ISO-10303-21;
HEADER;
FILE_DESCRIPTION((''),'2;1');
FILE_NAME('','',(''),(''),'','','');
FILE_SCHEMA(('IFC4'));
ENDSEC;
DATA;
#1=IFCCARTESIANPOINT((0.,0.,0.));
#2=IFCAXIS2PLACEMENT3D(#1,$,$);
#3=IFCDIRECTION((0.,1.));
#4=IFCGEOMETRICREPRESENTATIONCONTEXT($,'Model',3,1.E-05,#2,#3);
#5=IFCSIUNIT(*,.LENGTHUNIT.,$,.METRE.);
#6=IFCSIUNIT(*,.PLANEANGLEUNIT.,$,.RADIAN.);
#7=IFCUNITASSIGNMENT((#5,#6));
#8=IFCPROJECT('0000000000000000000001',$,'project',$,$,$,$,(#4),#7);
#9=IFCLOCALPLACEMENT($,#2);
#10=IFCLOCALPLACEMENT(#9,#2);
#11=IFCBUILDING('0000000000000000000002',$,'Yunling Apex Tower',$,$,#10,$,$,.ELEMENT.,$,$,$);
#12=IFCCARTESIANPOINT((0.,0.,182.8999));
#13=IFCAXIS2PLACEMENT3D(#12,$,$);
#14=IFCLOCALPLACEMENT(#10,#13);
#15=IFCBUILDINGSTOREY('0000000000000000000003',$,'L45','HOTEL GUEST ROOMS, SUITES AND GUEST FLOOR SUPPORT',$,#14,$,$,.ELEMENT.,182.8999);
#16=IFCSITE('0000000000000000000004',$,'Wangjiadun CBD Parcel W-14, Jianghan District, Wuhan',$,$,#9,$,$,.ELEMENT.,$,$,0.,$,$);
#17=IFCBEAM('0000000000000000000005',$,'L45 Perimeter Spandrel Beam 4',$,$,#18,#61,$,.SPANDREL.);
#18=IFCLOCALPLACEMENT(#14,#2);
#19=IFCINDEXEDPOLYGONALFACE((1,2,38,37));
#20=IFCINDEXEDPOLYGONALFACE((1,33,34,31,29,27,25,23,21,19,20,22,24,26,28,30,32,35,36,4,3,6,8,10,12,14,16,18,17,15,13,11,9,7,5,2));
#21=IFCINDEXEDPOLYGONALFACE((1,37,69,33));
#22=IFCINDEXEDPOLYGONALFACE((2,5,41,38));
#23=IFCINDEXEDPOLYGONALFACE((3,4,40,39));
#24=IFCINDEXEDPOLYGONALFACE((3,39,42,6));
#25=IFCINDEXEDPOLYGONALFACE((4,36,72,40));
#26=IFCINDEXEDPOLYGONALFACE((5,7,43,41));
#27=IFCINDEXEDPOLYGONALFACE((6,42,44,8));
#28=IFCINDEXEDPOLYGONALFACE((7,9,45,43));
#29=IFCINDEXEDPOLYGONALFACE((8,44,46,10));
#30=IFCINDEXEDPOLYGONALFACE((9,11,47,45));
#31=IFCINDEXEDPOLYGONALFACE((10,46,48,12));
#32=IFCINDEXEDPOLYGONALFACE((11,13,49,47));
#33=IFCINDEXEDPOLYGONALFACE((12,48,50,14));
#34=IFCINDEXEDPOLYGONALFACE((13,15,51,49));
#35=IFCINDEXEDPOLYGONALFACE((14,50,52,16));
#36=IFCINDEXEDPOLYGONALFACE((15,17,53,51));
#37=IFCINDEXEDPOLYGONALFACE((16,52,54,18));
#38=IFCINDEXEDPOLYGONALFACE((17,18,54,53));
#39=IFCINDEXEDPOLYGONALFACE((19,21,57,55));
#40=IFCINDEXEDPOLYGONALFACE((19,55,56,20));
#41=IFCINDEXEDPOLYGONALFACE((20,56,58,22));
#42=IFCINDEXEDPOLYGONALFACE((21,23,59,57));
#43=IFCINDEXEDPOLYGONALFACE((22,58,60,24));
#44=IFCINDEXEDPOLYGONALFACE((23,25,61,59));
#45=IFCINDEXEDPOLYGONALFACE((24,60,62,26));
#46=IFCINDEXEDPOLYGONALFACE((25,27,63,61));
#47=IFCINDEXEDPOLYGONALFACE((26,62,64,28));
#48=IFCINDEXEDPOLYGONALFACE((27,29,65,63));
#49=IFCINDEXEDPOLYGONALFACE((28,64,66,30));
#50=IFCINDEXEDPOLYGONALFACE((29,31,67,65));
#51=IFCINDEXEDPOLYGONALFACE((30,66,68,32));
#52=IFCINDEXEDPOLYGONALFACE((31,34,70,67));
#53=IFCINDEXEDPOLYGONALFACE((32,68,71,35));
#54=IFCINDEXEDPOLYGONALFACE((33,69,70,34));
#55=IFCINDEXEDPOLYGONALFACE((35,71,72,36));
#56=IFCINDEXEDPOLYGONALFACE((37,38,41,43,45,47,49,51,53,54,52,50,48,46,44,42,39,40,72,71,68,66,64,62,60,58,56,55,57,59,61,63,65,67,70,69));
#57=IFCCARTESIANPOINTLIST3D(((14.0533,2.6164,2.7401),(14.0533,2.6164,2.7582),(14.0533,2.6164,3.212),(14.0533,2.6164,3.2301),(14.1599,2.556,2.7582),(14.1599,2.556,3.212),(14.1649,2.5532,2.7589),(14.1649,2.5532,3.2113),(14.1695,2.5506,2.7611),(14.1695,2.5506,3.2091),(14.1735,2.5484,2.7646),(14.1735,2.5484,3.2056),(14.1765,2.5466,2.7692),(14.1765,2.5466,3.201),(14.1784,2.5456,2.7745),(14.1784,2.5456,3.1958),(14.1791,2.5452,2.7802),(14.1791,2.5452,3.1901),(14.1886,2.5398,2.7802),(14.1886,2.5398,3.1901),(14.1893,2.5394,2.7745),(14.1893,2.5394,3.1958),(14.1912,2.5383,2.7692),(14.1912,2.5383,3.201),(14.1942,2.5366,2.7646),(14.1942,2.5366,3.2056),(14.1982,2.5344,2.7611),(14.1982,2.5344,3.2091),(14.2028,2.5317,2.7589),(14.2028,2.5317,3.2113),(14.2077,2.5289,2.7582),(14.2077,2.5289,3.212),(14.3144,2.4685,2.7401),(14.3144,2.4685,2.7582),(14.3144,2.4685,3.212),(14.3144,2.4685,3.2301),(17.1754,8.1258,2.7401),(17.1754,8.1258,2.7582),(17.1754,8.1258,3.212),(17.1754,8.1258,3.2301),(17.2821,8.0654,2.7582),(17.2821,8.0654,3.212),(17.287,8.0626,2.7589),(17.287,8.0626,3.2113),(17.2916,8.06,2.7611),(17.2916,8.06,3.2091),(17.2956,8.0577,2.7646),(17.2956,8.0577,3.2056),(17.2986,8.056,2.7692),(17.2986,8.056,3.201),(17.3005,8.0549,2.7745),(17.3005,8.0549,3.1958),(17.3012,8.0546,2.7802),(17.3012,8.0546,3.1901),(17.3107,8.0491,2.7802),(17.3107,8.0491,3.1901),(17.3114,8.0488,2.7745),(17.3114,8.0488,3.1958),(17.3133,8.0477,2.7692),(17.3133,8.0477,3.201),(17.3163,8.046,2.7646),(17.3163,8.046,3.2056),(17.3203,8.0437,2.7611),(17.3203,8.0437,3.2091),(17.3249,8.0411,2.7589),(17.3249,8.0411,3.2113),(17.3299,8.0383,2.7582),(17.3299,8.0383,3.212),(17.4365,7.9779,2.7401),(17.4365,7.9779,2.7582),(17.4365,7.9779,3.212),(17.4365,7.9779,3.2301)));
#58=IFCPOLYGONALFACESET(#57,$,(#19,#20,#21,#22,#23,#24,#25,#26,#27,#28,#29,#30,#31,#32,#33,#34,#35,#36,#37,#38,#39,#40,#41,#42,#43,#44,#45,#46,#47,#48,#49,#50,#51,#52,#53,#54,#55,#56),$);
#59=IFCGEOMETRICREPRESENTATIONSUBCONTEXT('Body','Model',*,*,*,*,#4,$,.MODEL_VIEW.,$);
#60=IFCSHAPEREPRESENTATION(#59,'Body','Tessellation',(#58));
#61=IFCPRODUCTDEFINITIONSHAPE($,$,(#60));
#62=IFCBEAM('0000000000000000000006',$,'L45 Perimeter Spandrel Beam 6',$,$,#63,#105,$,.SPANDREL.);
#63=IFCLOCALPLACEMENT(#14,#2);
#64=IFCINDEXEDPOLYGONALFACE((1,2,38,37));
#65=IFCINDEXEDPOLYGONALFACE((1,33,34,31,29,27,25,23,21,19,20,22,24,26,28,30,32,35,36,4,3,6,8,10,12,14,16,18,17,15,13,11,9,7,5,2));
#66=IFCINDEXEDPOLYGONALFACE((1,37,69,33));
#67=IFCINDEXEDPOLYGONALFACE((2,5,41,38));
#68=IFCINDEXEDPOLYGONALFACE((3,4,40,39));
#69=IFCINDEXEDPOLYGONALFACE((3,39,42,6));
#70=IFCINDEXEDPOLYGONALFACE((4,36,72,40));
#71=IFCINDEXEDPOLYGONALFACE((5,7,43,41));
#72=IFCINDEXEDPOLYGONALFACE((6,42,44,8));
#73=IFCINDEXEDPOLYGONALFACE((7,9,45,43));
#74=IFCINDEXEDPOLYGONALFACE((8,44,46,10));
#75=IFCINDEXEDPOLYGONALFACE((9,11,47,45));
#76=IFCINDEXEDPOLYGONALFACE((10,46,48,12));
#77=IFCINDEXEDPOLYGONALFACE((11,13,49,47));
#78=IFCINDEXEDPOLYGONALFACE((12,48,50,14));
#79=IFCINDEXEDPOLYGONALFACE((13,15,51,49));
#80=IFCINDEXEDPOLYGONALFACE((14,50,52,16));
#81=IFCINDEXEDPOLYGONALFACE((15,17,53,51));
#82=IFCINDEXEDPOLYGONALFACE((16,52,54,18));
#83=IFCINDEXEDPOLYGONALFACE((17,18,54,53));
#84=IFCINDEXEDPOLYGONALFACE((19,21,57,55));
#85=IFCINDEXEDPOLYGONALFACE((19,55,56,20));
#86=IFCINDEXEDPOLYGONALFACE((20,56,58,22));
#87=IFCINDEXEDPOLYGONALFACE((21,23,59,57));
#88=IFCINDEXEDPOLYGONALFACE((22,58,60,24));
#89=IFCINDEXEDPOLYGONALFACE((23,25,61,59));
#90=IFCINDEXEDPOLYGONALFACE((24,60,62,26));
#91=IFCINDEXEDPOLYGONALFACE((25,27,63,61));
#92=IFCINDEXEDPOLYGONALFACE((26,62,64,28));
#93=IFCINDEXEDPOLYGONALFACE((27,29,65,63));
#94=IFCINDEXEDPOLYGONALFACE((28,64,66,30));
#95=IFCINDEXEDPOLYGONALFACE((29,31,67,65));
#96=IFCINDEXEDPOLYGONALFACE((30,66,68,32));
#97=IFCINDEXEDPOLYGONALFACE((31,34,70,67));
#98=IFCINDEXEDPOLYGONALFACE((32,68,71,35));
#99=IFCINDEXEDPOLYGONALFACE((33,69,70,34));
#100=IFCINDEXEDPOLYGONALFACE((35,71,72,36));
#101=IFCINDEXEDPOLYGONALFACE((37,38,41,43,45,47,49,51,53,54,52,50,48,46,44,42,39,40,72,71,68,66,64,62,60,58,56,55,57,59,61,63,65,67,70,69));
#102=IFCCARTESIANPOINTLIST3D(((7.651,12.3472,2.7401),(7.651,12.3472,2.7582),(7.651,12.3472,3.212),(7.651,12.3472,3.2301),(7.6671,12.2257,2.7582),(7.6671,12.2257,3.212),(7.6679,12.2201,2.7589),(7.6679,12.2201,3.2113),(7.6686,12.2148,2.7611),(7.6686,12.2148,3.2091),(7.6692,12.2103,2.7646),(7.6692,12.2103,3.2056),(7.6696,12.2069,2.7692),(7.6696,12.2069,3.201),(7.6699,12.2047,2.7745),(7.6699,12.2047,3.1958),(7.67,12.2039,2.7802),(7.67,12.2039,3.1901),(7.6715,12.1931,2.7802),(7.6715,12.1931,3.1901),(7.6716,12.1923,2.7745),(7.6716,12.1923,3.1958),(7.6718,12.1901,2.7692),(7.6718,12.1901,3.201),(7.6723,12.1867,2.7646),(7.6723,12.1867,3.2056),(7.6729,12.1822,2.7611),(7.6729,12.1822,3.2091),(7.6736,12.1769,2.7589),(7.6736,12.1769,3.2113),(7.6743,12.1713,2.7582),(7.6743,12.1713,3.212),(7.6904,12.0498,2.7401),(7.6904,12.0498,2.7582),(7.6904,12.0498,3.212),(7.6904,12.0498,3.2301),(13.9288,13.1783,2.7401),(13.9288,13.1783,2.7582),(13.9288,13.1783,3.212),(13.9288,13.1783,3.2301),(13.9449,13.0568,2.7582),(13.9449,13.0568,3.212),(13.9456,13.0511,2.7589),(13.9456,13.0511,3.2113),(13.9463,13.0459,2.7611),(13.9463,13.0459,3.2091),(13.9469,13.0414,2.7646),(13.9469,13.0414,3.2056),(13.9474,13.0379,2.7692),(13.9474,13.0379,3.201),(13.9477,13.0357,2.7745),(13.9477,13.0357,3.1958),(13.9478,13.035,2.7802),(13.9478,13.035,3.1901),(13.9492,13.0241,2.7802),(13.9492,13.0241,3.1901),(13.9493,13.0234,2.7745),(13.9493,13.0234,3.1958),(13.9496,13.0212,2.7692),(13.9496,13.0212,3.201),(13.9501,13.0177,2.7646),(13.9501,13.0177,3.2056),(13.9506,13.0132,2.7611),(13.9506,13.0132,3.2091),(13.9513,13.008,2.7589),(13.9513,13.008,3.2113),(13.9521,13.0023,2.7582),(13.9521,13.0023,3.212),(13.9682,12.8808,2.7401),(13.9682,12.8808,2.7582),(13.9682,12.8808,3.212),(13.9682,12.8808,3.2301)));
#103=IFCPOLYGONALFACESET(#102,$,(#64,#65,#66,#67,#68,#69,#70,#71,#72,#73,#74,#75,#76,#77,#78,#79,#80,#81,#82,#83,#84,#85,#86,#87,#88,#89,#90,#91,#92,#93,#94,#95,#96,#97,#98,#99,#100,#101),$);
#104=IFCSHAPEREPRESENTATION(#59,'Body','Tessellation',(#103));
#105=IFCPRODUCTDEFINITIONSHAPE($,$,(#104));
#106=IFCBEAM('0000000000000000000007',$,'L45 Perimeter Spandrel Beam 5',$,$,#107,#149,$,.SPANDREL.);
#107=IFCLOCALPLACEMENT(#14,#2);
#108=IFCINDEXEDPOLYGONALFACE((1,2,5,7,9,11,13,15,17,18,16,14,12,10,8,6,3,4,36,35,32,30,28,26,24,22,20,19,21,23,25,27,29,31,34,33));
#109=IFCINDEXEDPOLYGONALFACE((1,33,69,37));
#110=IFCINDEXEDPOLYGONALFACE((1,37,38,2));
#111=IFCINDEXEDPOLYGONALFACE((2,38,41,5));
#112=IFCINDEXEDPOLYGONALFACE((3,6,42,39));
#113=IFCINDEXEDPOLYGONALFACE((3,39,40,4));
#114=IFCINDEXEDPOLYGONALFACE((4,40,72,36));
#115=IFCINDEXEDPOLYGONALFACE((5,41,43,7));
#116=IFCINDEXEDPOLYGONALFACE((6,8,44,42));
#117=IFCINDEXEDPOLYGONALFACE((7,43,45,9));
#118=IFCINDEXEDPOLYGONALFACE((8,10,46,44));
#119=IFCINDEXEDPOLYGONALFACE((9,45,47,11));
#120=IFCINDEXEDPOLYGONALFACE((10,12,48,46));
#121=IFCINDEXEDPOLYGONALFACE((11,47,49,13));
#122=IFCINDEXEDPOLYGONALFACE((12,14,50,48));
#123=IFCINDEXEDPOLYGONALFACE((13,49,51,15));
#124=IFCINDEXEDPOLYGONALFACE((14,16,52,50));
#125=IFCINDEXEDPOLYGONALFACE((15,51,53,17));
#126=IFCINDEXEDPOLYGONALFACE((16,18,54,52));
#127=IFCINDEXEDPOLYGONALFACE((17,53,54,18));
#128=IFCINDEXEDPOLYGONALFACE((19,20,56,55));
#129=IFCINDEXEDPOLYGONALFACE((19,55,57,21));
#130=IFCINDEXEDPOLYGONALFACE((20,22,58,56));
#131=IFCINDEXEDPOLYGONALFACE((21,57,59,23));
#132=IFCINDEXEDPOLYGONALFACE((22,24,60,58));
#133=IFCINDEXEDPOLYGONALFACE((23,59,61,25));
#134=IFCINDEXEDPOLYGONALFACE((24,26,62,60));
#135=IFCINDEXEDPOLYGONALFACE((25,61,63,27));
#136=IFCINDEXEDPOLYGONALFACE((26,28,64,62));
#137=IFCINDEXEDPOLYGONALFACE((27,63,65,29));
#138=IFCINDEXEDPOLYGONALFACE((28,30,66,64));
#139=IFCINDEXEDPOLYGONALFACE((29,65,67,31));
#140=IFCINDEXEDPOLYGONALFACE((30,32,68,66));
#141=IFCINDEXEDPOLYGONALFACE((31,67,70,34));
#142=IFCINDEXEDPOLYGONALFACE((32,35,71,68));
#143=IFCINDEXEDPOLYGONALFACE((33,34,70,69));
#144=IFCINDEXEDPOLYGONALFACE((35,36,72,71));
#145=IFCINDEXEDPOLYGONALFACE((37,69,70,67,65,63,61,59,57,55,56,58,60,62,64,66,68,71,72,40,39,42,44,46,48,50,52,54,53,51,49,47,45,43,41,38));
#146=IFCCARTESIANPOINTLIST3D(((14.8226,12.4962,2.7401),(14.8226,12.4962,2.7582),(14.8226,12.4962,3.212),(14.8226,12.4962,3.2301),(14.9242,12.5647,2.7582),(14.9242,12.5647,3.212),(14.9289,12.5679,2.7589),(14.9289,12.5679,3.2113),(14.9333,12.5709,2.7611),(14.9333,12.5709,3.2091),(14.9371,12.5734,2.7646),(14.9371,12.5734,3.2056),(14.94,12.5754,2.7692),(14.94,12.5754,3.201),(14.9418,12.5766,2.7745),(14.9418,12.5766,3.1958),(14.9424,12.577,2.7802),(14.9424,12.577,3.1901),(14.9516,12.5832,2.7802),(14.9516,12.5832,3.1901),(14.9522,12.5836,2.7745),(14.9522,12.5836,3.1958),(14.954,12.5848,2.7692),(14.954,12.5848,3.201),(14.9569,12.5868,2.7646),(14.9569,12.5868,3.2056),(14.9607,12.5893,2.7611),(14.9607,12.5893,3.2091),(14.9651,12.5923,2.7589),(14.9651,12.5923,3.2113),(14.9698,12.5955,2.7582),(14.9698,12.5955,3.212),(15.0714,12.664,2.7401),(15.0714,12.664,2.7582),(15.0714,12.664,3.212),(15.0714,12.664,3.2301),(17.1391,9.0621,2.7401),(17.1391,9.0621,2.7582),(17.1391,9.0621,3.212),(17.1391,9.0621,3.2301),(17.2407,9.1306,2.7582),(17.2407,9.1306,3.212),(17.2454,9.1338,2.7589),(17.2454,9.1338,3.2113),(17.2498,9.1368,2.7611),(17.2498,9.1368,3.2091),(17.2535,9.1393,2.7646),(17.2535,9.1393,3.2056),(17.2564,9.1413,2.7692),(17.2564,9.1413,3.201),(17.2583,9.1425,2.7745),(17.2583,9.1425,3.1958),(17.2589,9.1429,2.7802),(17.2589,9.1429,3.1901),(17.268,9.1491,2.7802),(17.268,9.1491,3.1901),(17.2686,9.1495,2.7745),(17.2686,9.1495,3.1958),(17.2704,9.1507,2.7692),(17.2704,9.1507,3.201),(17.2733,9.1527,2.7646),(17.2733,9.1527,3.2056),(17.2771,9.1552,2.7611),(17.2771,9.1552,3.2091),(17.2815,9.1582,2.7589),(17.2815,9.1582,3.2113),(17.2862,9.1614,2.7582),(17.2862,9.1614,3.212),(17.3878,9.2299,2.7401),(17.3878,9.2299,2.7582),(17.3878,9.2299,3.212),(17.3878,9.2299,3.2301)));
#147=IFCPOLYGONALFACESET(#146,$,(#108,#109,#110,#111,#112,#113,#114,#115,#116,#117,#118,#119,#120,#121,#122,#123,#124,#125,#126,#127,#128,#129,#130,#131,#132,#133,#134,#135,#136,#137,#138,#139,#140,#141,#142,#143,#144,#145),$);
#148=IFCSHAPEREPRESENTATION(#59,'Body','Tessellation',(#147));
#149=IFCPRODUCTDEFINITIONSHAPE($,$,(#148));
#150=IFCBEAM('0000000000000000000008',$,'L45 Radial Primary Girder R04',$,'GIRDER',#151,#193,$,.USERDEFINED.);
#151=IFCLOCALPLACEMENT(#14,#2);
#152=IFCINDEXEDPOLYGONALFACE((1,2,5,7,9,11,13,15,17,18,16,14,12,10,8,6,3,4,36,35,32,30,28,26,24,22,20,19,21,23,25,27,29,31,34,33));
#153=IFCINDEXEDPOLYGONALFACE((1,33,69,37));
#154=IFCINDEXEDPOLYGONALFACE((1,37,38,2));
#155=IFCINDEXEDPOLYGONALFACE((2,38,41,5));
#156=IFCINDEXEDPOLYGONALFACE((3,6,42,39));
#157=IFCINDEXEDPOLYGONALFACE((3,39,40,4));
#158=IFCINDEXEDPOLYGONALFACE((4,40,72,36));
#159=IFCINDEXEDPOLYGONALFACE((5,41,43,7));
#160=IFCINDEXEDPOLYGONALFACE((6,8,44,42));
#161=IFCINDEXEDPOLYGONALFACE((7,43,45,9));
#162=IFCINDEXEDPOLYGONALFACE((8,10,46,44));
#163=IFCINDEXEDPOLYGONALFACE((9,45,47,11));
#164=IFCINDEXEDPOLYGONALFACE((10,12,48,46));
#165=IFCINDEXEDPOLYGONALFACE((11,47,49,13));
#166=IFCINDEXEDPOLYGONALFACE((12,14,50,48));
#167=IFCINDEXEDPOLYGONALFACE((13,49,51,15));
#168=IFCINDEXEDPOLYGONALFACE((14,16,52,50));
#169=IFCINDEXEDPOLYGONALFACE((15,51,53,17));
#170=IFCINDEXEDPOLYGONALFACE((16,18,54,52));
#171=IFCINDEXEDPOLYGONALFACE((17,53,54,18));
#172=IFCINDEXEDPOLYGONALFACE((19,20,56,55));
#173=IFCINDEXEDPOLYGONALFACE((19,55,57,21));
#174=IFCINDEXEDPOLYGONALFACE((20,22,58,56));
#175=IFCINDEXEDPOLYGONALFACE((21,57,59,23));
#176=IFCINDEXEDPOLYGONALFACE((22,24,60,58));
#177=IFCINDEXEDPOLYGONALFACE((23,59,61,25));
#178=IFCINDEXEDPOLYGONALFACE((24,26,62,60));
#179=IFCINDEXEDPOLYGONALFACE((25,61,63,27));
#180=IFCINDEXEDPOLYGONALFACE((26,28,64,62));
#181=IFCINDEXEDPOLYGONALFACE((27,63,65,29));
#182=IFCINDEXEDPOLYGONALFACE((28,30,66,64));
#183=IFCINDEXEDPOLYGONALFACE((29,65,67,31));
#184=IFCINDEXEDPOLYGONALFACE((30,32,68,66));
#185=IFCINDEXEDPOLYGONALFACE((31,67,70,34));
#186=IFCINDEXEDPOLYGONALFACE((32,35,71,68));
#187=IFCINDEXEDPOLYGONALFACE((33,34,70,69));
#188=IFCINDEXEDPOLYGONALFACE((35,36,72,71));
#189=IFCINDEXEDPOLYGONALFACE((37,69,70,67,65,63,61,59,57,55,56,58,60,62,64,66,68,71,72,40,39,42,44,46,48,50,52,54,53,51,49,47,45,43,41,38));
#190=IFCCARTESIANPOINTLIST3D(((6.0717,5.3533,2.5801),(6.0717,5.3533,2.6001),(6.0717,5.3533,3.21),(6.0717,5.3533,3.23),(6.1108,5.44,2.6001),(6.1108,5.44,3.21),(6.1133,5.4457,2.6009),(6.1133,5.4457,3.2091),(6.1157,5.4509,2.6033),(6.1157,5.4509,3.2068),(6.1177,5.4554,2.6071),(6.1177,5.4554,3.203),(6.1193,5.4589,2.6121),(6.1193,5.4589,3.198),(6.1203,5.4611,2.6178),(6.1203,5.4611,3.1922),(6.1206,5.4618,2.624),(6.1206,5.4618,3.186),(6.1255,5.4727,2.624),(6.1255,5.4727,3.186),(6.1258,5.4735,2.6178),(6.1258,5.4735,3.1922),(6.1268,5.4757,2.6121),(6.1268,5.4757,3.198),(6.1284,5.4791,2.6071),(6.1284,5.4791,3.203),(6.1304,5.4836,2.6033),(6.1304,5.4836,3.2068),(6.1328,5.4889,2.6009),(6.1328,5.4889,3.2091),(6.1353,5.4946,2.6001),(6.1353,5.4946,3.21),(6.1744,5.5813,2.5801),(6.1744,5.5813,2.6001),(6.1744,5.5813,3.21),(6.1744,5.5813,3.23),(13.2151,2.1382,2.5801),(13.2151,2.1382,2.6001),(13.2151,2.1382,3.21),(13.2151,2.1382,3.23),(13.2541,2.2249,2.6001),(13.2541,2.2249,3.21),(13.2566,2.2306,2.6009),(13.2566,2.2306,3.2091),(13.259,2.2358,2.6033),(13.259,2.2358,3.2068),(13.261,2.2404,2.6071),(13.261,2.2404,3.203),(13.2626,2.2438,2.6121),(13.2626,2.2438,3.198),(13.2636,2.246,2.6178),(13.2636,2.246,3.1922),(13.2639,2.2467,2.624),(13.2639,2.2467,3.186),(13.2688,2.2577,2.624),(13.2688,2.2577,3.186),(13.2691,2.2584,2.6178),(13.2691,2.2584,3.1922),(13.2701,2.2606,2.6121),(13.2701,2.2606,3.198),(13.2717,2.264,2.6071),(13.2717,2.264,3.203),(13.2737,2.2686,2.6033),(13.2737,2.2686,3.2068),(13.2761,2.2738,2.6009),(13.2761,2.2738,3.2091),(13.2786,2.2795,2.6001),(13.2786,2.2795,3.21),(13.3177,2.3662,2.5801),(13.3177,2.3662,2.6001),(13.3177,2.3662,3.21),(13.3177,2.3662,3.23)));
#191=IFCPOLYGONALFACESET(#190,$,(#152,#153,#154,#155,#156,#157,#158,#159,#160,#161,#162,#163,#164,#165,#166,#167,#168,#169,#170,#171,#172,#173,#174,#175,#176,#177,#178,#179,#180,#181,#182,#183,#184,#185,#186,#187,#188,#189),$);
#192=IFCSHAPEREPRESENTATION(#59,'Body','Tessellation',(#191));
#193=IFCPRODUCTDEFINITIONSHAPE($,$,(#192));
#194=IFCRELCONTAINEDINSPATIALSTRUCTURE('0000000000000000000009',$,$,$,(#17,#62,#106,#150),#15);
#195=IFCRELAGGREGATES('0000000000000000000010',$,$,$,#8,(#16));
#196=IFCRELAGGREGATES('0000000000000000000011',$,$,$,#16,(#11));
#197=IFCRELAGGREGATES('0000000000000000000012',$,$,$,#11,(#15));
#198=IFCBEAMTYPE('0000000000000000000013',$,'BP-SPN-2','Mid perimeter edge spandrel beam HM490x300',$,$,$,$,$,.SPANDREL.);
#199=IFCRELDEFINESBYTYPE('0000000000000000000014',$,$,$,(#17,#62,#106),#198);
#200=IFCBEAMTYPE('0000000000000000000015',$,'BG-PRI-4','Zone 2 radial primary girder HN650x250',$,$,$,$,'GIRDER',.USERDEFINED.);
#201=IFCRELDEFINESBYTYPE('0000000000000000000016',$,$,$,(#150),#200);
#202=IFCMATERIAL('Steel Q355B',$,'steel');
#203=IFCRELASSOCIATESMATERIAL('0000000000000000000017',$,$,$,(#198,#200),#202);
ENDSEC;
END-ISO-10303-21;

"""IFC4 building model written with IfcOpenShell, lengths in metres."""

from ifc_helpers import new_model, si_unit, direction, frame, origin, origin_2d, place, context, subcontext, project, spatial, i_section, extrude, source, transform, mapped, material, material_profile, profile_set, type_object, element, save


model = new_model("IFC4")

# Units and contexts
model_context = context("Model", 3, precision=1e-05, world=origin(), true_north=direction((0.0, 1.0)))
body_context = subcontext(model_context, "Body", "Model", "MODEL_VIEW")
ifc_project = project(units=[si_unit("LENGTHUNIT", "METRE"), si_unit("PLANEANGLEUNIT", "RADIAN")], contexts=[model_context])

# Site, building, storey
site_placement = place(None, origin())
site = spatial("IfcSite", under=ifc_project, at=site_placement, Name="Wangjiadun CBD Parcel W-14, Jianghan District, Wuhan", CompositionType="ELEMENT", RefElevation=0.0)
building_placement = place(site_placement, origin())
building = spatial("IfcBuilding", under=site, at=building_placement, Name="Yunling Apex Tower", CompositionType="ELEMENT")
storey_placement = place(building_placement, frame((0.0, 0.0, 182.8999)))
storey = spatial("IfcBuildingStorey", under=building, at=storey_placement, Name="L45", Description="HOTEL GUEST ROOMS, SUITES AND GUEST FLOOR SUPPORT", CompositionType="ELEMENT", Elevation=182.8999)

# Beams
ifc_material_1 = material(Name="Steel Q355B", Category="steel")
ifc_material_profile_1 = material_profile(ifc_material_1, i_section(OverallWidth=0.3, OverallDepth=0.49, WebThickness=0.011, FlangeThickness=0.0181, FilletRadius=0.022, at=origin_2d()))
ifc_profile_set_1 = profile_set([ifc_material_profile_1], Name="Steel Q355B")
beam_type_1 = type_object("IfcBeamType", Name="BP-SPN-2", Description="Mid perimeter edge spandrel beam HM490x300", PredefinedType="SPANDREL", material=ifc_profile_set_1)
shared_shape_1 = source(origin(), body_context, "Body", "SweptSolid", [
    extrude(i_section(OverallWidth=0.3, OverallDepth=0.49, WebThickness=0.011, FlangeThickness=0.0181, FilletRadius=0.022, at=origin_2d()), origin(), (0.0, 0.0, 1.0), 6.3325),
])
for number, where, z_axis, x_axis, name in (
    (1, (14.1838, 2.5425, 2.9851), (0.49303, 0.870012, 0.0), (-0.870012, 0.49303, 0.0), "L45 Perimeter Spandrel Beam 4"),
    (2, (13.9485, 13.0295, 2.9851), (-0.991351, -0.131234, 0.0), (0.131234, -0.991351, 0.0), "L45 Perimeter Spandrel Beam 6"),
):
    element("IfcBeam", number, at=place(storey_placement, frame(where, z_axis=z_axis, x_axis=x_axis)), inside=storey, type_object=beam_type_1, Name=name, PredefinedType="SPANDREL", context=body_context, shape_type="MappedRepresentation", body=[
        mapped(shared_shape_1, transform((0.0, 0.0, 0.0), scale=1.0)),
    ])
shared_shape_2 = source(origin(), body_context, "Body", "SweptSolid", [
    extrude(i_section(OverallWidth=0.3, OverallDepth=0.49, WebThickness=0.011, FlangeThickness=0.0181, FilletRadius=0.022, at=origin_2d()), origin(), (0.0, 0.0, 1.0), 4.1423),
])
beam_1_placement = place(storey_placement, frame((17.2634, 9.146, 2.9851), z_axis=(-0.559208, 0.829028, 0.0), x_axis=(-0.829028, -0.559208, 0.0)))
element("IfcBeam", 3, at=beam_1_placement, inside=storey, type_object=beam_type_1, Name="L45 Perimeter Spandrel Beam 5", PredefinedType="SPANDREL", context=body_context, shape_type="MappedRepresentation", body=[
    mapped(shared_shape_2, transform((0.0, 0.0, 0.0), scale=1.0)),
])
ifc_material_profile_2 = material_profile(ifc_material_1, i_section(OverallWidth=0.25, OverallDepth=0.6499, WebThickness=0.012, FlangeThickness=0.02, FilletRadius=0.0239, at=origin_2d()))
ifc_profile_set_2 = profile_set([ifc_material_profile_2], Name="Steel Q355B")
beam_type_2 = type_object("IfcBeamType", Name="BG-PRI-4", Description="Zone 2 radial primary girder HN650x250", ElementType="GIRDER", PredefinedType="USERDEFINED", material=ifc_profile_set_2)
shared_shape_3 = source(origin(), body_context, "Body", "SweptSolid", [
    extrude(i_section(OverallWidth=0.25, OverallDepth=0.6499, WebThickness=0.012, FlangeThickness=0.02, FilletRadius=0.0239, at=origin_2d()), origin(), (0.0, 0.0, 1.0), 7.8335),
])
beam_2_placement = place(storey_placement, frame((13.2664, 2.2522, 2.905), z_axis=(-0.911893, 0.410428, 0.0), x_axis=(-0.410428, -0.911893, 0.0)))
element("IfcBeam", 4, at=beam_2_placement, inside=storey, type_object=beam_type_2, Name="L45 Radial Primary Girder R04", ObjectType="GIRDER", PredefinedType="USERDEFINED", context=body_context, shape_type="MappedRepresentation", body=[
    mapped(shared_shape_3, transform((0.0, 0.0, 0.0), scale=1.0)),
])

save(model, "model.ifc")
